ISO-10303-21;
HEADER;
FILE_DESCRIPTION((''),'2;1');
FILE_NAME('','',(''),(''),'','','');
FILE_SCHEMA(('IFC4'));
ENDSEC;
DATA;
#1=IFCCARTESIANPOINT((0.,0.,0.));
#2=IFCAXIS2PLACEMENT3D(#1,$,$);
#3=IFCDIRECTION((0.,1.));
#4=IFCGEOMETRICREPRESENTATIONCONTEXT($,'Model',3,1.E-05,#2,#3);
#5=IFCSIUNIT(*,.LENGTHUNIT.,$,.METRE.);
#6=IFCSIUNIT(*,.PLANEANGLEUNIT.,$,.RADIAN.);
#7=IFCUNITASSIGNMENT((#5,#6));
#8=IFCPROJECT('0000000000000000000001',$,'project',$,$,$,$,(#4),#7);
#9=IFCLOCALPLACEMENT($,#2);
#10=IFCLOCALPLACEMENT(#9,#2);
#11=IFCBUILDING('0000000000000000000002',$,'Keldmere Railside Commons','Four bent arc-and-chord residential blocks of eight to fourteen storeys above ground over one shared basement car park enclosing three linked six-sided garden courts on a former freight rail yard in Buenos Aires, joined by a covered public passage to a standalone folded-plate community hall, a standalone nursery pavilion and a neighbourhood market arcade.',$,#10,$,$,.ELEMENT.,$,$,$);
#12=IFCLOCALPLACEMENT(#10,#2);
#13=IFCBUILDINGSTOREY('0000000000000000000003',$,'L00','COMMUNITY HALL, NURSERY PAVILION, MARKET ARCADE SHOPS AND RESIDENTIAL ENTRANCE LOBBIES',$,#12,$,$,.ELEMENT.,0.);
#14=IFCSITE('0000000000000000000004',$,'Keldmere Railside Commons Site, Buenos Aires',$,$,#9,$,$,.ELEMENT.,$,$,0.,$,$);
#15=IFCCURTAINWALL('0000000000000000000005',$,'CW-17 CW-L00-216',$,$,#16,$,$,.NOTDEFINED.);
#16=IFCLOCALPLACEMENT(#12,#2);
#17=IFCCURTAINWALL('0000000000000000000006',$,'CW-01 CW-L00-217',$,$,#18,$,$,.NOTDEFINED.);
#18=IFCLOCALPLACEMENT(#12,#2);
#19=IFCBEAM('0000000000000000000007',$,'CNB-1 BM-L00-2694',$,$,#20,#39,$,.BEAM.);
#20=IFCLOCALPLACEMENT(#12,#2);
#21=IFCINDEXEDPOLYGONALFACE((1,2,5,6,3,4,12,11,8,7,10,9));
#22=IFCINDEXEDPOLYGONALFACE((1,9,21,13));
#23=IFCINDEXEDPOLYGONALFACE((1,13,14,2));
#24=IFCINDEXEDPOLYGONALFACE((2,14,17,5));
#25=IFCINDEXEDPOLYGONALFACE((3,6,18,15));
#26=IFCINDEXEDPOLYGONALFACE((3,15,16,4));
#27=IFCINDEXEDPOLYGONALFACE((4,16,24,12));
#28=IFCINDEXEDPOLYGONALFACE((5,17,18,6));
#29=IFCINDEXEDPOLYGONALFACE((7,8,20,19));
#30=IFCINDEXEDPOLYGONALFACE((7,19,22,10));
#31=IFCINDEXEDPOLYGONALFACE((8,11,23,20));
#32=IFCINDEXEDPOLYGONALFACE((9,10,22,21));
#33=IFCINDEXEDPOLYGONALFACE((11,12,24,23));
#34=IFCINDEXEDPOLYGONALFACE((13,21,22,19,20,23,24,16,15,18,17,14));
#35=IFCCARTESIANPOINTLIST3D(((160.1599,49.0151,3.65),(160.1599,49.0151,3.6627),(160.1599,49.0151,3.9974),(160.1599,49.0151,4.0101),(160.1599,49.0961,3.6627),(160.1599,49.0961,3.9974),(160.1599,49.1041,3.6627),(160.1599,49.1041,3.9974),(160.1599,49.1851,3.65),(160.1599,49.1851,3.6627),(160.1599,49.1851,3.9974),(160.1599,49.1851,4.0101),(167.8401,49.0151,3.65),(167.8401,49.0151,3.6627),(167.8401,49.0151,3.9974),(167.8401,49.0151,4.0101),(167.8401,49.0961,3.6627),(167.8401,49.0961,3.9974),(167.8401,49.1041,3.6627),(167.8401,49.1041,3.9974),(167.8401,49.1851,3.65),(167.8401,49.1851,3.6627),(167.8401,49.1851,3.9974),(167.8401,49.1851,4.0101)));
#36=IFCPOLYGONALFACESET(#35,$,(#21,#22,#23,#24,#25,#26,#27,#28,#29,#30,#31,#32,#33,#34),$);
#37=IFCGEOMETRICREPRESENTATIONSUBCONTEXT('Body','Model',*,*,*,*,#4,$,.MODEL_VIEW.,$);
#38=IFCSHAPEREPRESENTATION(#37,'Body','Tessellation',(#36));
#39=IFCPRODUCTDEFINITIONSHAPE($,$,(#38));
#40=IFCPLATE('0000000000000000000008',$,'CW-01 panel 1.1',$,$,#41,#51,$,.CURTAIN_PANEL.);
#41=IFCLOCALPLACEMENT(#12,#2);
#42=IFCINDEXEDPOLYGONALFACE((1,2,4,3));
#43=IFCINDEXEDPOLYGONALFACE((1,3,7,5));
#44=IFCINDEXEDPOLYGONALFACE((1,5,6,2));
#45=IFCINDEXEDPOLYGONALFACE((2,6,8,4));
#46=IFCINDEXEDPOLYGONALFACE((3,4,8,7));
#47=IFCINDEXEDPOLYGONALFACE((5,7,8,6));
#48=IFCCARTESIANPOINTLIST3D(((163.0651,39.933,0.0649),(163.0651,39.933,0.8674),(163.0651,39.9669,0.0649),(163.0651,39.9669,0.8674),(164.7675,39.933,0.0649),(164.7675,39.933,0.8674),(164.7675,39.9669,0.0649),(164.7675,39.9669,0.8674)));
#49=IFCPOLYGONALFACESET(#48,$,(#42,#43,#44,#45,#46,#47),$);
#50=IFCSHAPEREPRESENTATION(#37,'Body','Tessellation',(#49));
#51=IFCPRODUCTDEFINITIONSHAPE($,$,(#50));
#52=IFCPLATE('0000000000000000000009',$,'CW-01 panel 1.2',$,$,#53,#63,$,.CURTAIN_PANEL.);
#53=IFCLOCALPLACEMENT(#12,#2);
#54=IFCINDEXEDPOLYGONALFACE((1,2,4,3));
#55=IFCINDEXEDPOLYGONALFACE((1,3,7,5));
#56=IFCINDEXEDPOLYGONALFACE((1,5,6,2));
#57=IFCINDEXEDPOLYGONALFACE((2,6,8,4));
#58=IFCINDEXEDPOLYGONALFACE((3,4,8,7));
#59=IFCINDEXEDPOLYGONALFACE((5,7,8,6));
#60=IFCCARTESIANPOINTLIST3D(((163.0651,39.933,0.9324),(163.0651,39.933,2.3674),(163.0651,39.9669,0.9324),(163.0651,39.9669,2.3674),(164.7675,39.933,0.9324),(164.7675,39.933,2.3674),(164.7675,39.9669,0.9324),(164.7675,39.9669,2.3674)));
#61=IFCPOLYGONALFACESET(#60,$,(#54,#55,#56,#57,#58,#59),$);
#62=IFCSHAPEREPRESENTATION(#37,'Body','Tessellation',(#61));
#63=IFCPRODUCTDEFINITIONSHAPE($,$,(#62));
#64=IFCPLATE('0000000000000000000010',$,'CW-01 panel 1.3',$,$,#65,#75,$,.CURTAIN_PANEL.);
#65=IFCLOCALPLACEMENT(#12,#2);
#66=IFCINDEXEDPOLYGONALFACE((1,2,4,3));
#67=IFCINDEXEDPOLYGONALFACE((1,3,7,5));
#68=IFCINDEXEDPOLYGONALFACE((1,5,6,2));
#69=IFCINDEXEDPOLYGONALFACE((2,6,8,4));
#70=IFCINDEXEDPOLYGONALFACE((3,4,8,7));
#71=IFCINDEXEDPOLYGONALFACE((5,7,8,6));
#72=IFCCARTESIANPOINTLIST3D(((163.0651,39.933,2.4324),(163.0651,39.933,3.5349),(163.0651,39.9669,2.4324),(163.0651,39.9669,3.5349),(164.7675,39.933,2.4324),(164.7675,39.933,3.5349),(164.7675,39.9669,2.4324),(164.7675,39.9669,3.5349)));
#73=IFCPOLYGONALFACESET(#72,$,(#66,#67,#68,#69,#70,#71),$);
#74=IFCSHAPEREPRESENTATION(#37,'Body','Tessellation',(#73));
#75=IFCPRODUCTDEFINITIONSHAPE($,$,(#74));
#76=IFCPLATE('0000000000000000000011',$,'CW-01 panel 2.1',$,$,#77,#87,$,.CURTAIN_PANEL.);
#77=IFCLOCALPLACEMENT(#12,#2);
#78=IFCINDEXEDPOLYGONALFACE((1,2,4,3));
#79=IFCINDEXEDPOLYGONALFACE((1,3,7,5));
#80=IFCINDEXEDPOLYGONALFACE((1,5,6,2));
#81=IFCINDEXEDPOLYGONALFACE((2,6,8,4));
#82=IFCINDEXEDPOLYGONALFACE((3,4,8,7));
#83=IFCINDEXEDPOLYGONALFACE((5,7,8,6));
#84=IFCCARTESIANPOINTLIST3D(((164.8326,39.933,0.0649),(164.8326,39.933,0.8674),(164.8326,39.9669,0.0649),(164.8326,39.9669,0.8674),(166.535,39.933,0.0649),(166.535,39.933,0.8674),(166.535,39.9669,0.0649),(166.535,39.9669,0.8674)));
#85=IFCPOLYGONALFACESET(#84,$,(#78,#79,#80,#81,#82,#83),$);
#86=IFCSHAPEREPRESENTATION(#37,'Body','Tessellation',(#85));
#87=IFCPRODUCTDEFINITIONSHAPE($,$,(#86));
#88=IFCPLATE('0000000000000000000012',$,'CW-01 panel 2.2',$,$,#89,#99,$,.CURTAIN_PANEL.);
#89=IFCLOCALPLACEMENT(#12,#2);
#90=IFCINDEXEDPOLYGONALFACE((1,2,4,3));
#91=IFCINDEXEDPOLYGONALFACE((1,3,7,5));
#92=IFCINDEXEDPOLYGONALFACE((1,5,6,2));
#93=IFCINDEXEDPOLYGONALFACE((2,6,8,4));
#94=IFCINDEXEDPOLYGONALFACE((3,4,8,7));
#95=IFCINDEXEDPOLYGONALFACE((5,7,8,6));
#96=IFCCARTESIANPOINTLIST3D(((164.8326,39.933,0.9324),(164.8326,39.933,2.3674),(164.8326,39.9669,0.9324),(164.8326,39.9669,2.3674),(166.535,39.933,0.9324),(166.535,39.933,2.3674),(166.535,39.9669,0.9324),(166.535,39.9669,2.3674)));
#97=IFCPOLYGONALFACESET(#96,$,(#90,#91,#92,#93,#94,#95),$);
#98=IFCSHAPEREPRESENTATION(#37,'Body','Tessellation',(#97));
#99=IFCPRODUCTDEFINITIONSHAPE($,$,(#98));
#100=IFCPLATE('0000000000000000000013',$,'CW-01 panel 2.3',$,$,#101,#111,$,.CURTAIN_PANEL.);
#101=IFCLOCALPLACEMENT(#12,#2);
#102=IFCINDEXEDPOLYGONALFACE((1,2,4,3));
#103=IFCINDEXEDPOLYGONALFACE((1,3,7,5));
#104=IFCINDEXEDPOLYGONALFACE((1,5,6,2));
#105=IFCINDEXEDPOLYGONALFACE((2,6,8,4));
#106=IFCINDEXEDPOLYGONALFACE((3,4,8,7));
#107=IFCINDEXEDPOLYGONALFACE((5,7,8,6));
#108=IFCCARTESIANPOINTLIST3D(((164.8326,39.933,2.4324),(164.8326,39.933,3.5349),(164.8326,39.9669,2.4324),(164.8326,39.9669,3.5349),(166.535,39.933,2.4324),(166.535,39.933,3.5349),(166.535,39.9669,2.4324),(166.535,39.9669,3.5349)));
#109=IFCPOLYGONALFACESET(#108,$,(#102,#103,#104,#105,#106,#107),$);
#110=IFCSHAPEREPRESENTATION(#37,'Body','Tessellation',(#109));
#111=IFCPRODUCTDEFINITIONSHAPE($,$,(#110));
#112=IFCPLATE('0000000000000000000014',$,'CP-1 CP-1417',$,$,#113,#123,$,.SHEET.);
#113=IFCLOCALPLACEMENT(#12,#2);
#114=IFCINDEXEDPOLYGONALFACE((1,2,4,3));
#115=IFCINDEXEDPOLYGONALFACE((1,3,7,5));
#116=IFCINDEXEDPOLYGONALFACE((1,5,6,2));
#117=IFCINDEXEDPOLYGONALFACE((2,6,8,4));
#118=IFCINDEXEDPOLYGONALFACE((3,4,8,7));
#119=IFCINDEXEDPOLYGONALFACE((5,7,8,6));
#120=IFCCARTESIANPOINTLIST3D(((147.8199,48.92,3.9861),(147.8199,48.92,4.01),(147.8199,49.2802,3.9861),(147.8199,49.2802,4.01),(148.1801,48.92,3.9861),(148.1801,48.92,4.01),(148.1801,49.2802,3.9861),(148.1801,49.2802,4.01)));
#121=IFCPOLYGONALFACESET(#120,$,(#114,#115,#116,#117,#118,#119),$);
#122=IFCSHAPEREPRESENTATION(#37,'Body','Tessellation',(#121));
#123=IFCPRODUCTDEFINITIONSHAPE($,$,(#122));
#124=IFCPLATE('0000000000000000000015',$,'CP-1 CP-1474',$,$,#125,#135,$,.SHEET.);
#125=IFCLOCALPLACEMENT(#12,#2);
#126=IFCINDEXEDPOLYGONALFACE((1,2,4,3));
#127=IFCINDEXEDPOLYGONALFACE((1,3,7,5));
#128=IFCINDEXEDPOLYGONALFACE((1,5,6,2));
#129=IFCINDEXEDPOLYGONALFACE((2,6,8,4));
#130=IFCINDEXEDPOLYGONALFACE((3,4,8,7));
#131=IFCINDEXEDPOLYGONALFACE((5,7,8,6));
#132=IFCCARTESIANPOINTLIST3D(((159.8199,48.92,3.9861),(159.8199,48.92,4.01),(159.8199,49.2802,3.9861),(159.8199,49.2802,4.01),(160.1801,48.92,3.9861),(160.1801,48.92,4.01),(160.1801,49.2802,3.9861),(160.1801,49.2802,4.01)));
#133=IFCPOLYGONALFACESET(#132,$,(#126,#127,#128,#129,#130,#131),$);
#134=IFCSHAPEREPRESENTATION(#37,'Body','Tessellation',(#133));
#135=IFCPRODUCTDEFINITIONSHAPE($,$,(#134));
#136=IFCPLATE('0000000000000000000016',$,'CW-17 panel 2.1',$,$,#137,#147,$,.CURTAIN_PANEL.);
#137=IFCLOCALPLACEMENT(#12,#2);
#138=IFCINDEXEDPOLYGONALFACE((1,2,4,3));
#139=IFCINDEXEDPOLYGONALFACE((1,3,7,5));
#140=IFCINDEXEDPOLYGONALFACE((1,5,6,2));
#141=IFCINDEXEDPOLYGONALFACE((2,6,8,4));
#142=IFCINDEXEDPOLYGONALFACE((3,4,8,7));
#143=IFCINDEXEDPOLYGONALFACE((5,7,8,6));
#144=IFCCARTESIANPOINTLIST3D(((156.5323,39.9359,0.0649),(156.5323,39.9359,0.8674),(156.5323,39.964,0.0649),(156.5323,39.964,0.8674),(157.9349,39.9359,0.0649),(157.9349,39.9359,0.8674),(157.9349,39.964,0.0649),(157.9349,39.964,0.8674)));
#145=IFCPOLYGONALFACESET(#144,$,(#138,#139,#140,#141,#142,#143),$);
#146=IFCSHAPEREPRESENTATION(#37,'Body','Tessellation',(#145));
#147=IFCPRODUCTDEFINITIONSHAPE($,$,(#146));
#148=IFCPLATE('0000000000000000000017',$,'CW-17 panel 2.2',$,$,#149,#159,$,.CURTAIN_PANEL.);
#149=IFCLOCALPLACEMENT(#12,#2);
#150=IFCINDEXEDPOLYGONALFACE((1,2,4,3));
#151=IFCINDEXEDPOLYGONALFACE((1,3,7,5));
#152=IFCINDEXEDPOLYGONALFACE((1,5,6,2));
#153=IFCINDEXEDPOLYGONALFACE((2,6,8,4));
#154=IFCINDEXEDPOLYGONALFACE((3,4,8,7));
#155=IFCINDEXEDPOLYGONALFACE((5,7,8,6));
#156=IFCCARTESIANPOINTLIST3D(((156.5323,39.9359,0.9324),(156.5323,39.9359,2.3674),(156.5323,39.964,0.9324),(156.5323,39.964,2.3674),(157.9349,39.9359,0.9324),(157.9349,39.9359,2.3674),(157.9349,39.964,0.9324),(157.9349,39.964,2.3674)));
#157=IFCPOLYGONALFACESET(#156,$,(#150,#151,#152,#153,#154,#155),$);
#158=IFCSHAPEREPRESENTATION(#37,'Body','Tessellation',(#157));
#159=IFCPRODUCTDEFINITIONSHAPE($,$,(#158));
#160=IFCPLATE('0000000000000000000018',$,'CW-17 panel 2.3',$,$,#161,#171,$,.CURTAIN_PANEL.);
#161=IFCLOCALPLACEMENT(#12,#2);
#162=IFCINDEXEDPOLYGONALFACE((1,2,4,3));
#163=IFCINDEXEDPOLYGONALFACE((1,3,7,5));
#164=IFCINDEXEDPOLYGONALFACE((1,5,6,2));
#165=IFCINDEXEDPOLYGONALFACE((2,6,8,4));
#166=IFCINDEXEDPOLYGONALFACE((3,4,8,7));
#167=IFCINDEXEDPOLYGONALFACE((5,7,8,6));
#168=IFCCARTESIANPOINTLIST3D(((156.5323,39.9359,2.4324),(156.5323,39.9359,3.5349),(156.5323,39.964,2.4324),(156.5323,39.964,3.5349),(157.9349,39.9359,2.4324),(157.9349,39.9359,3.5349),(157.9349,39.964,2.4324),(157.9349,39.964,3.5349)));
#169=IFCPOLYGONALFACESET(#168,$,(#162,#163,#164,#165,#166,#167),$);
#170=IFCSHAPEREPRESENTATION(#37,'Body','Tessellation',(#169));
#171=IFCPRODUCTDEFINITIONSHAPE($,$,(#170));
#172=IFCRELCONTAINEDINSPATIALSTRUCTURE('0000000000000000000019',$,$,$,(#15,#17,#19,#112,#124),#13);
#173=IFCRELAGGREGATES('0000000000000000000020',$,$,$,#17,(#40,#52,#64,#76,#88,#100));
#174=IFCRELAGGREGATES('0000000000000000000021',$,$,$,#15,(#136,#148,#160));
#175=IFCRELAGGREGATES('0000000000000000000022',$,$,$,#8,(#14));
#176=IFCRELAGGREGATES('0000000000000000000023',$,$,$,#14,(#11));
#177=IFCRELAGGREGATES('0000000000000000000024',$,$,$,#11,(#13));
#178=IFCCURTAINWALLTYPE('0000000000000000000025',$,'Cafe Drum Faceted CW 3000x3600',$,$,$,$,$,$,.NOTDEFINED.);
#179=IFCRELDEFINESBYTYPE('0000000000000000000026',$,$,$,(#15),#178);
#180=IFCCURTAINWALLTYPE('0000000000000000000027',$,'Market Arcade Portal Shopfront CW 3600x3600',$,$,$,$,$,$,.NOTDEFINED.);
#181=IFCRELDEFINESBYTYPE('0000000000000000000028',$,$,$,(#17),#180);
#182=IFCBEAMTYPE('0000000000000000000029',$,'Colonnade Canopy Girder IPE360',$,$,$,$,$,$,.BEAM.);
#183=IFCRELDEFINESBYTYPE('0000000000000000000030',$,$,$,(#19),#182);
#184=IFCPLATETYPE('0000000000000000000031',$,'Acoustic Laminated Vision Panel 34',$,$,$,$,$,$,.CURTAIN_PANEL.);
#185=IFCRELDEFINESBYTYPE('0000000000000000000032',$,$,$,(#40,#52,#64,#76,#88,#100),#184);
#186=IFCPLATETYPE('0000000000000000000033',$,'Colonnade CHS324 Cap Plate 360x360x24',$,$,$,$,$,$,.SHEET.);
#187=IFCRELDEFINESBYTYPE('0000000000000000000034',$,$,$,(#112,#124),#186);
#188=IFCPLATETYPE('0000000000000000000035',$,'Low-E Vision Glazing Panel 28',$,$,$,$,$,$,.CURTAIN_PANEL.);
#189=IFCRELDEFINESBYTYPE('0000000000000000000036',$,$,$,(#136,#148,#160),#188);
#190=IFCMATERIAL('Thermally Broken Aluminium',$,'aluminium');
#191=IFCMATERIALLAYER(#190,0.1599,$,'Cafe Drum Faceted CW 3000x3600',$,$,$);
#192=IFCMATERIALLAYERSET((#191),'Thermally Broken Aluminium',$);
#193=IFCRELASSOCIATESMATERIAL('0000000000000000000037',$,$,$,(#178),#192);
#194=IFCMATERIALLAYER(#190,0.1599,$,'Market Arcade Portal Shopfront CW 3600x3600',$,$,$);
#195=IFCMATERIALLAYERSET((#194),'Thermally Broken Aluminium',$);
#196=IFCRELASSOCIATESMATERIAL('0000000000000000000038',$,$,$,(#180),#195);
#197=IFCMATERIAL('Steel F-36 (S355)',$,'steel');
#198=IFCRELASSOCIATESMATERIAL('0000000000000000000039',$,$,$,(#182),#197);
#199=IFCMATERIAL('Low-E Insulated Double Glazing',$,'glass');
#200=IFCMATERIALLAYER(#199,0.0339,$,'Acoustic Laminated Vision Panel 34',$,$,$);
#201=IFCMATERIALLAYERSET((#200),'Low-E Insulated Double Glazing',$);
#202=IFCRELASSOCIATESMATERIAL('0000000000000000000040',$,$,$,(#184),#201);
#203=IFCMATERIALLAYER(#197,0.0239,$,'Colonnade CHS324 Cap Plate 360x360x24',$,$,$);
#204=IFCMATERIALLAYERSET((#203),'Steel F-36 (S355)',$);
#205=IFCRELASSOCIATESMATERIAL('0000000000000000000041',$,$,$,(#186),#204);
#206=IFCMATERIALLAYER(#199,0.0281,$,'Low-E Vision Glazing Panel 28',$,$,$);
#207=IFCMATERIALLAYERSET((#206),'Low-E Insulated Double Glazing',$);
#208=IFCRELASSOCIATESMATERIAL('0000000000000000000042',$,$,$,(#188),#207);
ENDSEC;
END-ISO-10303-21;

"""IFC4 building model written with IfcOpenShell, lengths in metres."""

from ifc_helpers import new_model, si_unit, direction, frame, origin, origin_2d, place, context, subcontext, project, spatial, rectangle, i_section, extrude, material, layer, layer_set, material_profile, profile_set, type_object, element, aggregate, save


model = new_model("IFC4")

# Units and contexts
model_context = context("Model", 3, precision=1e-05, world=origin(), true_north=direction((0.0, 1.0)))
body_context = subcontext(model_context, "Body", "Model", "MODEL_VIEW")
ifc_project = project(units=[si_unit("LENGTHUNIT", "METRE"), si_unit("PLANEANGLEUNIT", "RADIAN")], contexts=[model_context])

# Site, building, storey
site_placement = place(None, origin())
site = spatial("IfcSite", under=ifc_project, at=site_placement, Name="Keldmere Railside Commons Site, Buenos Aires", CompositionType="ELEMENT", RefElevation=0.0)
building_placement = place(site_placement, origin())
building = spatial("IfcBuilding", under=site, at=building_placement, Name="Keldmere Railside Commons", Description="Four bent arc-and-chord residential blocks of eight to fourteen storeys above ground over one shared basement car park enclosing three linked six-sided garden courts on a former freight rail yard in Buenos Aires, joined by a covered public passage to a standalone folded-plate community hall, a standalone nursery pavilion and a neighbourhood market arcade.", CompositionType="ELEMENT")
storey_placement = place(building_placement, origin())
storey = spatial("IfcBuildingStorey", under=building, at=storey_placement, Name="L00", Description="COMMUNITY HALL, NURSERY PAVILION, MARKET ARCADE SHOPS AND RESIDENTIAL ENTRANCE LOBBIES", CompositionType="ELEMENT", Elevation=0.0)

# Shared definitions
ifc_material_1 = material(Name="Steel F-36 (S355)", Category="steel")

# Curtain wall
ifc_material_2 = material(Name="Thermally Broken Aluminium", Category="aluminium")
ifc_layer_1 = layer(ifc_material_2, 0.1599, Name="Cafe Drum Faceted CW 3000x3600")
ifc_layer_set_1 = layer_set([ifc_layer_1], Name="Thermally Broken Aluminium")
curtain_wall_type_1 = type_object("IfcCurtainWallType", Name="Cafe Drum Faceted CW 3000x3600", PredefinedType="NOTDEFINED", material=ifc_layer_set_1)
curtain_wall_1_placement = place(storey_placement, origin())
curtain_wall_1 = element("IfcCurtainWall", 1, at=curtain_wall_1_placement, inside=storey, type_object=curtain_wall_type_1, Name="CW-17 CW-L00-216", PredefinedType="NOTDEFINED")

# Curtain wall
ifc_layer_2 = layer(ifc_material_2, 0.1599, Name="Market Arcade Portal Shopfront CW 3600x3600")
ifc_layer_set_2 = layer_set([ifc_layer_2], Name="Thermally Broken Aluminium")
curtain_wall_type_2 = type_object("IfcCurtainWallType", Name="Market Arcade Portal Shopfront CW 3600x3600", PredefinedType="NOTDEFINED", material=ifc_layer_set_2)
curtain_wall_2_placement = place(storey_placement, origin())
curtain_wall_2 = element("IfcCurtainWall", 2, at=curtain_wall_2_placement, inside=storey, type_object=curtain_wall_type_2, Name="CW-01 CW-L00-217", PredefinedType="NOTDEFINED")

# Beam
ifc_material_profile_1 = material_profile(ifc_material_1, i_section(OverallWidth=0.1699, OverallDepth=0.3601, WebThickness=0.0081, FlangeThickness=0.0127, at=origin_2d()), Name="IPE-360")
ifc_profile_set_1 = profile_set([ifc_material_profile_1], Name="Steel F-36 (S355)")
beam_type = type_object("IfcBeamType", Name="Colonnade Canopy Girder IPE360", PredefinedType="BEAM", material=ifc_profile_set_1)
beam_1_placement = place(storey_placement, frame((160.1599, 49.1001, 3.8301), z_axis=(1.0, 0.0, 0.0), x_axis=(0.0, 1.0, 0.0)))
element("IfcBeam", 3, at=beam_1_placement, inside=storey, type_object=beam_type, Name="CNB-1 BM-L00-2694", PredefinedType="BEAM", context=body_context, shape_type="SweptSolid", body=[
    extrude(i_section(OverallWidth=0.1699, OverallDepth=0.3601, WebThickness=0.0081, FlangeThickness=0.0127, at=origin_2d()), origin(), (0.0, 0.0, 1.0), 7.6802),
])

# Plates
ifc_material_3 = material(Name="Low-E Insulated Double Glazing", Category="glass")
ifc_layer_3 = layer(ifc_material_3, 0.0339, Name="Acoustic Laminated Vision Panel 34")
ifc_layer_set_3 = layer_set([ifc_layer_3], Name="Low-E Insulated Double Glazing")
plate_type_1 = type_object("IfcPlateType", Name="Acoustic Laminated Vision Panel 34", PredefinedType="CURTAIN_PANEL", material=ifc_layer_set_3)
plate_1_placement = place(storey_placement, frame((163.9163, 39.95, 0.0649), z_axis=(0.0, 0.0, 1.0), x_axis=(1.0, 0.0, 0.0)))
plate_1 = element("IfcPlate", 4, at=plate_1_placement, type_object=plate_type_1, Name="CW-01 panel 1.1", PredefinedType="CURTAIN_PANEL", context=body_context, shape_type="SweptSolid", body=[
    extrude(rectangle(XDim=1.7024, YDim=0.0339, at=origin_2d()), origin(), (0.0, 0.0, 1.0), 0.8025),
])
plate_2_placement = place(storey_placement, frame((163.9163, 39.95, 0.9324), z_axis=(0.0, 0.0, 1.0), x_axis=(1.0, 0.0, 0.0)))
plate_2 = element("IfcPlate", 5, at=plate_2_placement, type_object=plate_type_1, Name="CW-01 panel 1.2", PredefinedType="CURTAIN_PANEL", context=body_context, shape_type="SweptSolid", body=[
    extrude(rectangle(XDim=1.7024, YDim=0.0339, at=origin_2d()), origin(), (0.0, 0.0, 1.0), 1.4351),
])
plate_3_placement = place(storey_placement, frame((163.9163, 39.95, 2.4324), z_axis=(0.0, 0.0, 1.0), x_axis=(1.0, 0.0, 0.0)))
plate_3 = element("IfcPlate", 6, at=plate_3_placement, type_object=plate_type_1, Name="CW-01 panel 1.3", PredefinedType="CURTAIN_PANEL", context=body_context, shape_type="SweptSolid", body=[
    extrude(rectangle(XDim=1.7024, YDim=0.0339, at=origin_2d()), origin(), (0.0, 0.0, 1.0), 1.1025),
])
plate_4_placement = place(storey_placement, frame((165.6838, 39.95, 0.0649), z_axis=(0.0, 0.0, 1.0), x_axis=(1.0, 0.0, 0.0)))
plate_4 = element("IfcPlate", 7, at=plate_4_placement, type_object=plate_type_1, Name="CW-01 panel 2.1", PredefinedType="CURTAIN_PANEL", context=body_context, shape_type="SweptSolid", body=[
    extrude(rectangle(XDim=1.7024, YDim=0.0339, at=origin_2d()), origin(), (0.0, 0.0, 1.0), 0.8025),
])
plate_5_placement = place(storey_placement, frame((165.6838, 39.95, 0.9324), z_axis=(0.0, 0.0, 1.0), x_axis=(1.0, 0.0, 0.0)))
plate_5 = element("IfcPlate", 8, at=plate_5_placement, type_object=plate_type_1, Name="CW-01 panel 2.2", PredefinedType="CURTAIN_PANEL", context=body_context, shape_type="SweptSolid", body=[
    extrude(rectangle(XDim=1.7024, YDim=0.0339, at=origin_2d()), origin(), (0.0, 0.0, 1.0), 1.4351),
])
plate_6_placement = place(storey_placement, frame((165.6838, 39.95, 2.4324), z_axis=(0.0, 0.0, 1.0), x_axis=(1.0, 0.0, 0.0)))
plate_6 = element("IfcPlate", 9, at=plate_6_placement, type_object=plate_type_1, Name="CW-01 panel 2.3", PredefinedType="CURTAIN_PANEL", context=body_context, shape_type="SweptSolid", body=[
    extrude(rectangle(XDim=1.7024, YDim=0.0339, at=origin_2d()), origin(), (0.0, 0.0, 1.0), 1.1025),
])
aggregate(curtain_wall_2, [plate_1, plate_2, plate_3, plate_4, plate_5, plate_6])

# Plates
ifc_layer_4 = layer(ifc_material_1, 0.0239, Name="Colonnade CHS324 Cap Plate 360x360x24")
ifc_layer_set_4 = layer_set([ifc_layer_4], Name="Steel F-36 (S355)")
plate_type_2 = type_object("IfcPlateType", Name="Colonnade CHS324 Cap Plate 360x360x24", PredefinedType="SHEET", material=ifc_layer_set_4)
for number, where, z_axis, x_axis, name in (
    (10, (148.0, 49.1001, 3.9861), (0.0, 0.0, 1.0), (1.0, 0.0, 0.0), "CP-1 CP-1417"),
    (11, (160.0, 49.1001, 3.9861), (0.0, 0.0, 1.0), (1.0, 0.0, 0.0), "CP-1 CP-1474"),
):
    element("IfcPlate", number, at=place(storey_placement, frame(where, z_axis=z_axis, x_axis=x_axis)), inside=storey, type_object=plate_type_2, Name=name, PredefinedType="SHEET", context=body_context, shape_type="SweptSolid", body=[
        extrude(rectangle(XDim=0.3601, YDim=0.3601, at=origin_2d()), origin(), (0.0, 0.0, 1.0), 0.0239),
    ])

# Plates
ifc_layer_5 = layer(ifc_material_3, 0.0281, Name="Low-E Vision Glazing Panel 28")
ifc_layer_set_5 = layer_set([ifc_layer_5], Name="Low-E Insulated Double Glazing")
plate_type_3 = type_object("IfcPlateType", Name="Low-E Vision Glazing Panel 28", PredefinedType="CURTAIN_PANEL", material=ifc_layer_set_5)
plate_7_placement = place(storey_placement, frame((157.2336, 39.95, 0.0649), z_axis=(0.0, 0.0, 1.0), x_axis=(1.0, 0.0, 0.0)))
plate_7 = element("IfcPlate", 12, at=plate_7_placement, type_object=plate_type_3, Name="CW-17 panel 2.1", PredefinedType="CURTAIN_PANEL", context=body_context, shape_type="SweptSolid", body=[
    extrude(rectangle(XDim=1.4026, YDim=0.0281, at=origin_2d()), origin(), (0.0, 0.0, 1.0), 0.8025),
])
plate_8_placement = place(storey_placement, frame((157.2336, 39.95, 0.9324), z_axis=(0.0, 0.0, 1.0), x_axis=(1.0, 0.0, 0.0)))
plate_8 = element("IfcPlate", 13, at=plate_8_placement, type_object=plate_type_3, Name="CW-17 panel 2.2", PredefinedType="CURTAIN_PANEL", context=body_context, shape_type="SweptSolid", body=[
    extrude(rectangle(XDim=1.4026, YDim=0.0281, at=origin_2d()), origin(), (0.0, 0.0, 1.0), 1.4351),
])
plate_9_placement = place(storey_placement, frame((157.2336, 39.95, 2.4324), z_axis=(0.0, 0.0, 1.0), x_axis=(1.0, 0.0, 0.0)))
plate_9 = element("IfcPlate", 14, at=plate_9_placement, type_object=plate_type_3, Name="CW-17 panel 2.3", PredefinedType="CURTAIN_PANEL", context=body_context, shape_type="SweptSolid", body=[
    extrude(rectangle(XDim=1.4026, YDim=0.0281, at=origin_2d()), origin(), (0.0, 0.0, 1.0), 1.1025),
])
aggregate(curtain_wall_1, [plate_7, plate_8, plate_9])

save(model, "model.ifc")
